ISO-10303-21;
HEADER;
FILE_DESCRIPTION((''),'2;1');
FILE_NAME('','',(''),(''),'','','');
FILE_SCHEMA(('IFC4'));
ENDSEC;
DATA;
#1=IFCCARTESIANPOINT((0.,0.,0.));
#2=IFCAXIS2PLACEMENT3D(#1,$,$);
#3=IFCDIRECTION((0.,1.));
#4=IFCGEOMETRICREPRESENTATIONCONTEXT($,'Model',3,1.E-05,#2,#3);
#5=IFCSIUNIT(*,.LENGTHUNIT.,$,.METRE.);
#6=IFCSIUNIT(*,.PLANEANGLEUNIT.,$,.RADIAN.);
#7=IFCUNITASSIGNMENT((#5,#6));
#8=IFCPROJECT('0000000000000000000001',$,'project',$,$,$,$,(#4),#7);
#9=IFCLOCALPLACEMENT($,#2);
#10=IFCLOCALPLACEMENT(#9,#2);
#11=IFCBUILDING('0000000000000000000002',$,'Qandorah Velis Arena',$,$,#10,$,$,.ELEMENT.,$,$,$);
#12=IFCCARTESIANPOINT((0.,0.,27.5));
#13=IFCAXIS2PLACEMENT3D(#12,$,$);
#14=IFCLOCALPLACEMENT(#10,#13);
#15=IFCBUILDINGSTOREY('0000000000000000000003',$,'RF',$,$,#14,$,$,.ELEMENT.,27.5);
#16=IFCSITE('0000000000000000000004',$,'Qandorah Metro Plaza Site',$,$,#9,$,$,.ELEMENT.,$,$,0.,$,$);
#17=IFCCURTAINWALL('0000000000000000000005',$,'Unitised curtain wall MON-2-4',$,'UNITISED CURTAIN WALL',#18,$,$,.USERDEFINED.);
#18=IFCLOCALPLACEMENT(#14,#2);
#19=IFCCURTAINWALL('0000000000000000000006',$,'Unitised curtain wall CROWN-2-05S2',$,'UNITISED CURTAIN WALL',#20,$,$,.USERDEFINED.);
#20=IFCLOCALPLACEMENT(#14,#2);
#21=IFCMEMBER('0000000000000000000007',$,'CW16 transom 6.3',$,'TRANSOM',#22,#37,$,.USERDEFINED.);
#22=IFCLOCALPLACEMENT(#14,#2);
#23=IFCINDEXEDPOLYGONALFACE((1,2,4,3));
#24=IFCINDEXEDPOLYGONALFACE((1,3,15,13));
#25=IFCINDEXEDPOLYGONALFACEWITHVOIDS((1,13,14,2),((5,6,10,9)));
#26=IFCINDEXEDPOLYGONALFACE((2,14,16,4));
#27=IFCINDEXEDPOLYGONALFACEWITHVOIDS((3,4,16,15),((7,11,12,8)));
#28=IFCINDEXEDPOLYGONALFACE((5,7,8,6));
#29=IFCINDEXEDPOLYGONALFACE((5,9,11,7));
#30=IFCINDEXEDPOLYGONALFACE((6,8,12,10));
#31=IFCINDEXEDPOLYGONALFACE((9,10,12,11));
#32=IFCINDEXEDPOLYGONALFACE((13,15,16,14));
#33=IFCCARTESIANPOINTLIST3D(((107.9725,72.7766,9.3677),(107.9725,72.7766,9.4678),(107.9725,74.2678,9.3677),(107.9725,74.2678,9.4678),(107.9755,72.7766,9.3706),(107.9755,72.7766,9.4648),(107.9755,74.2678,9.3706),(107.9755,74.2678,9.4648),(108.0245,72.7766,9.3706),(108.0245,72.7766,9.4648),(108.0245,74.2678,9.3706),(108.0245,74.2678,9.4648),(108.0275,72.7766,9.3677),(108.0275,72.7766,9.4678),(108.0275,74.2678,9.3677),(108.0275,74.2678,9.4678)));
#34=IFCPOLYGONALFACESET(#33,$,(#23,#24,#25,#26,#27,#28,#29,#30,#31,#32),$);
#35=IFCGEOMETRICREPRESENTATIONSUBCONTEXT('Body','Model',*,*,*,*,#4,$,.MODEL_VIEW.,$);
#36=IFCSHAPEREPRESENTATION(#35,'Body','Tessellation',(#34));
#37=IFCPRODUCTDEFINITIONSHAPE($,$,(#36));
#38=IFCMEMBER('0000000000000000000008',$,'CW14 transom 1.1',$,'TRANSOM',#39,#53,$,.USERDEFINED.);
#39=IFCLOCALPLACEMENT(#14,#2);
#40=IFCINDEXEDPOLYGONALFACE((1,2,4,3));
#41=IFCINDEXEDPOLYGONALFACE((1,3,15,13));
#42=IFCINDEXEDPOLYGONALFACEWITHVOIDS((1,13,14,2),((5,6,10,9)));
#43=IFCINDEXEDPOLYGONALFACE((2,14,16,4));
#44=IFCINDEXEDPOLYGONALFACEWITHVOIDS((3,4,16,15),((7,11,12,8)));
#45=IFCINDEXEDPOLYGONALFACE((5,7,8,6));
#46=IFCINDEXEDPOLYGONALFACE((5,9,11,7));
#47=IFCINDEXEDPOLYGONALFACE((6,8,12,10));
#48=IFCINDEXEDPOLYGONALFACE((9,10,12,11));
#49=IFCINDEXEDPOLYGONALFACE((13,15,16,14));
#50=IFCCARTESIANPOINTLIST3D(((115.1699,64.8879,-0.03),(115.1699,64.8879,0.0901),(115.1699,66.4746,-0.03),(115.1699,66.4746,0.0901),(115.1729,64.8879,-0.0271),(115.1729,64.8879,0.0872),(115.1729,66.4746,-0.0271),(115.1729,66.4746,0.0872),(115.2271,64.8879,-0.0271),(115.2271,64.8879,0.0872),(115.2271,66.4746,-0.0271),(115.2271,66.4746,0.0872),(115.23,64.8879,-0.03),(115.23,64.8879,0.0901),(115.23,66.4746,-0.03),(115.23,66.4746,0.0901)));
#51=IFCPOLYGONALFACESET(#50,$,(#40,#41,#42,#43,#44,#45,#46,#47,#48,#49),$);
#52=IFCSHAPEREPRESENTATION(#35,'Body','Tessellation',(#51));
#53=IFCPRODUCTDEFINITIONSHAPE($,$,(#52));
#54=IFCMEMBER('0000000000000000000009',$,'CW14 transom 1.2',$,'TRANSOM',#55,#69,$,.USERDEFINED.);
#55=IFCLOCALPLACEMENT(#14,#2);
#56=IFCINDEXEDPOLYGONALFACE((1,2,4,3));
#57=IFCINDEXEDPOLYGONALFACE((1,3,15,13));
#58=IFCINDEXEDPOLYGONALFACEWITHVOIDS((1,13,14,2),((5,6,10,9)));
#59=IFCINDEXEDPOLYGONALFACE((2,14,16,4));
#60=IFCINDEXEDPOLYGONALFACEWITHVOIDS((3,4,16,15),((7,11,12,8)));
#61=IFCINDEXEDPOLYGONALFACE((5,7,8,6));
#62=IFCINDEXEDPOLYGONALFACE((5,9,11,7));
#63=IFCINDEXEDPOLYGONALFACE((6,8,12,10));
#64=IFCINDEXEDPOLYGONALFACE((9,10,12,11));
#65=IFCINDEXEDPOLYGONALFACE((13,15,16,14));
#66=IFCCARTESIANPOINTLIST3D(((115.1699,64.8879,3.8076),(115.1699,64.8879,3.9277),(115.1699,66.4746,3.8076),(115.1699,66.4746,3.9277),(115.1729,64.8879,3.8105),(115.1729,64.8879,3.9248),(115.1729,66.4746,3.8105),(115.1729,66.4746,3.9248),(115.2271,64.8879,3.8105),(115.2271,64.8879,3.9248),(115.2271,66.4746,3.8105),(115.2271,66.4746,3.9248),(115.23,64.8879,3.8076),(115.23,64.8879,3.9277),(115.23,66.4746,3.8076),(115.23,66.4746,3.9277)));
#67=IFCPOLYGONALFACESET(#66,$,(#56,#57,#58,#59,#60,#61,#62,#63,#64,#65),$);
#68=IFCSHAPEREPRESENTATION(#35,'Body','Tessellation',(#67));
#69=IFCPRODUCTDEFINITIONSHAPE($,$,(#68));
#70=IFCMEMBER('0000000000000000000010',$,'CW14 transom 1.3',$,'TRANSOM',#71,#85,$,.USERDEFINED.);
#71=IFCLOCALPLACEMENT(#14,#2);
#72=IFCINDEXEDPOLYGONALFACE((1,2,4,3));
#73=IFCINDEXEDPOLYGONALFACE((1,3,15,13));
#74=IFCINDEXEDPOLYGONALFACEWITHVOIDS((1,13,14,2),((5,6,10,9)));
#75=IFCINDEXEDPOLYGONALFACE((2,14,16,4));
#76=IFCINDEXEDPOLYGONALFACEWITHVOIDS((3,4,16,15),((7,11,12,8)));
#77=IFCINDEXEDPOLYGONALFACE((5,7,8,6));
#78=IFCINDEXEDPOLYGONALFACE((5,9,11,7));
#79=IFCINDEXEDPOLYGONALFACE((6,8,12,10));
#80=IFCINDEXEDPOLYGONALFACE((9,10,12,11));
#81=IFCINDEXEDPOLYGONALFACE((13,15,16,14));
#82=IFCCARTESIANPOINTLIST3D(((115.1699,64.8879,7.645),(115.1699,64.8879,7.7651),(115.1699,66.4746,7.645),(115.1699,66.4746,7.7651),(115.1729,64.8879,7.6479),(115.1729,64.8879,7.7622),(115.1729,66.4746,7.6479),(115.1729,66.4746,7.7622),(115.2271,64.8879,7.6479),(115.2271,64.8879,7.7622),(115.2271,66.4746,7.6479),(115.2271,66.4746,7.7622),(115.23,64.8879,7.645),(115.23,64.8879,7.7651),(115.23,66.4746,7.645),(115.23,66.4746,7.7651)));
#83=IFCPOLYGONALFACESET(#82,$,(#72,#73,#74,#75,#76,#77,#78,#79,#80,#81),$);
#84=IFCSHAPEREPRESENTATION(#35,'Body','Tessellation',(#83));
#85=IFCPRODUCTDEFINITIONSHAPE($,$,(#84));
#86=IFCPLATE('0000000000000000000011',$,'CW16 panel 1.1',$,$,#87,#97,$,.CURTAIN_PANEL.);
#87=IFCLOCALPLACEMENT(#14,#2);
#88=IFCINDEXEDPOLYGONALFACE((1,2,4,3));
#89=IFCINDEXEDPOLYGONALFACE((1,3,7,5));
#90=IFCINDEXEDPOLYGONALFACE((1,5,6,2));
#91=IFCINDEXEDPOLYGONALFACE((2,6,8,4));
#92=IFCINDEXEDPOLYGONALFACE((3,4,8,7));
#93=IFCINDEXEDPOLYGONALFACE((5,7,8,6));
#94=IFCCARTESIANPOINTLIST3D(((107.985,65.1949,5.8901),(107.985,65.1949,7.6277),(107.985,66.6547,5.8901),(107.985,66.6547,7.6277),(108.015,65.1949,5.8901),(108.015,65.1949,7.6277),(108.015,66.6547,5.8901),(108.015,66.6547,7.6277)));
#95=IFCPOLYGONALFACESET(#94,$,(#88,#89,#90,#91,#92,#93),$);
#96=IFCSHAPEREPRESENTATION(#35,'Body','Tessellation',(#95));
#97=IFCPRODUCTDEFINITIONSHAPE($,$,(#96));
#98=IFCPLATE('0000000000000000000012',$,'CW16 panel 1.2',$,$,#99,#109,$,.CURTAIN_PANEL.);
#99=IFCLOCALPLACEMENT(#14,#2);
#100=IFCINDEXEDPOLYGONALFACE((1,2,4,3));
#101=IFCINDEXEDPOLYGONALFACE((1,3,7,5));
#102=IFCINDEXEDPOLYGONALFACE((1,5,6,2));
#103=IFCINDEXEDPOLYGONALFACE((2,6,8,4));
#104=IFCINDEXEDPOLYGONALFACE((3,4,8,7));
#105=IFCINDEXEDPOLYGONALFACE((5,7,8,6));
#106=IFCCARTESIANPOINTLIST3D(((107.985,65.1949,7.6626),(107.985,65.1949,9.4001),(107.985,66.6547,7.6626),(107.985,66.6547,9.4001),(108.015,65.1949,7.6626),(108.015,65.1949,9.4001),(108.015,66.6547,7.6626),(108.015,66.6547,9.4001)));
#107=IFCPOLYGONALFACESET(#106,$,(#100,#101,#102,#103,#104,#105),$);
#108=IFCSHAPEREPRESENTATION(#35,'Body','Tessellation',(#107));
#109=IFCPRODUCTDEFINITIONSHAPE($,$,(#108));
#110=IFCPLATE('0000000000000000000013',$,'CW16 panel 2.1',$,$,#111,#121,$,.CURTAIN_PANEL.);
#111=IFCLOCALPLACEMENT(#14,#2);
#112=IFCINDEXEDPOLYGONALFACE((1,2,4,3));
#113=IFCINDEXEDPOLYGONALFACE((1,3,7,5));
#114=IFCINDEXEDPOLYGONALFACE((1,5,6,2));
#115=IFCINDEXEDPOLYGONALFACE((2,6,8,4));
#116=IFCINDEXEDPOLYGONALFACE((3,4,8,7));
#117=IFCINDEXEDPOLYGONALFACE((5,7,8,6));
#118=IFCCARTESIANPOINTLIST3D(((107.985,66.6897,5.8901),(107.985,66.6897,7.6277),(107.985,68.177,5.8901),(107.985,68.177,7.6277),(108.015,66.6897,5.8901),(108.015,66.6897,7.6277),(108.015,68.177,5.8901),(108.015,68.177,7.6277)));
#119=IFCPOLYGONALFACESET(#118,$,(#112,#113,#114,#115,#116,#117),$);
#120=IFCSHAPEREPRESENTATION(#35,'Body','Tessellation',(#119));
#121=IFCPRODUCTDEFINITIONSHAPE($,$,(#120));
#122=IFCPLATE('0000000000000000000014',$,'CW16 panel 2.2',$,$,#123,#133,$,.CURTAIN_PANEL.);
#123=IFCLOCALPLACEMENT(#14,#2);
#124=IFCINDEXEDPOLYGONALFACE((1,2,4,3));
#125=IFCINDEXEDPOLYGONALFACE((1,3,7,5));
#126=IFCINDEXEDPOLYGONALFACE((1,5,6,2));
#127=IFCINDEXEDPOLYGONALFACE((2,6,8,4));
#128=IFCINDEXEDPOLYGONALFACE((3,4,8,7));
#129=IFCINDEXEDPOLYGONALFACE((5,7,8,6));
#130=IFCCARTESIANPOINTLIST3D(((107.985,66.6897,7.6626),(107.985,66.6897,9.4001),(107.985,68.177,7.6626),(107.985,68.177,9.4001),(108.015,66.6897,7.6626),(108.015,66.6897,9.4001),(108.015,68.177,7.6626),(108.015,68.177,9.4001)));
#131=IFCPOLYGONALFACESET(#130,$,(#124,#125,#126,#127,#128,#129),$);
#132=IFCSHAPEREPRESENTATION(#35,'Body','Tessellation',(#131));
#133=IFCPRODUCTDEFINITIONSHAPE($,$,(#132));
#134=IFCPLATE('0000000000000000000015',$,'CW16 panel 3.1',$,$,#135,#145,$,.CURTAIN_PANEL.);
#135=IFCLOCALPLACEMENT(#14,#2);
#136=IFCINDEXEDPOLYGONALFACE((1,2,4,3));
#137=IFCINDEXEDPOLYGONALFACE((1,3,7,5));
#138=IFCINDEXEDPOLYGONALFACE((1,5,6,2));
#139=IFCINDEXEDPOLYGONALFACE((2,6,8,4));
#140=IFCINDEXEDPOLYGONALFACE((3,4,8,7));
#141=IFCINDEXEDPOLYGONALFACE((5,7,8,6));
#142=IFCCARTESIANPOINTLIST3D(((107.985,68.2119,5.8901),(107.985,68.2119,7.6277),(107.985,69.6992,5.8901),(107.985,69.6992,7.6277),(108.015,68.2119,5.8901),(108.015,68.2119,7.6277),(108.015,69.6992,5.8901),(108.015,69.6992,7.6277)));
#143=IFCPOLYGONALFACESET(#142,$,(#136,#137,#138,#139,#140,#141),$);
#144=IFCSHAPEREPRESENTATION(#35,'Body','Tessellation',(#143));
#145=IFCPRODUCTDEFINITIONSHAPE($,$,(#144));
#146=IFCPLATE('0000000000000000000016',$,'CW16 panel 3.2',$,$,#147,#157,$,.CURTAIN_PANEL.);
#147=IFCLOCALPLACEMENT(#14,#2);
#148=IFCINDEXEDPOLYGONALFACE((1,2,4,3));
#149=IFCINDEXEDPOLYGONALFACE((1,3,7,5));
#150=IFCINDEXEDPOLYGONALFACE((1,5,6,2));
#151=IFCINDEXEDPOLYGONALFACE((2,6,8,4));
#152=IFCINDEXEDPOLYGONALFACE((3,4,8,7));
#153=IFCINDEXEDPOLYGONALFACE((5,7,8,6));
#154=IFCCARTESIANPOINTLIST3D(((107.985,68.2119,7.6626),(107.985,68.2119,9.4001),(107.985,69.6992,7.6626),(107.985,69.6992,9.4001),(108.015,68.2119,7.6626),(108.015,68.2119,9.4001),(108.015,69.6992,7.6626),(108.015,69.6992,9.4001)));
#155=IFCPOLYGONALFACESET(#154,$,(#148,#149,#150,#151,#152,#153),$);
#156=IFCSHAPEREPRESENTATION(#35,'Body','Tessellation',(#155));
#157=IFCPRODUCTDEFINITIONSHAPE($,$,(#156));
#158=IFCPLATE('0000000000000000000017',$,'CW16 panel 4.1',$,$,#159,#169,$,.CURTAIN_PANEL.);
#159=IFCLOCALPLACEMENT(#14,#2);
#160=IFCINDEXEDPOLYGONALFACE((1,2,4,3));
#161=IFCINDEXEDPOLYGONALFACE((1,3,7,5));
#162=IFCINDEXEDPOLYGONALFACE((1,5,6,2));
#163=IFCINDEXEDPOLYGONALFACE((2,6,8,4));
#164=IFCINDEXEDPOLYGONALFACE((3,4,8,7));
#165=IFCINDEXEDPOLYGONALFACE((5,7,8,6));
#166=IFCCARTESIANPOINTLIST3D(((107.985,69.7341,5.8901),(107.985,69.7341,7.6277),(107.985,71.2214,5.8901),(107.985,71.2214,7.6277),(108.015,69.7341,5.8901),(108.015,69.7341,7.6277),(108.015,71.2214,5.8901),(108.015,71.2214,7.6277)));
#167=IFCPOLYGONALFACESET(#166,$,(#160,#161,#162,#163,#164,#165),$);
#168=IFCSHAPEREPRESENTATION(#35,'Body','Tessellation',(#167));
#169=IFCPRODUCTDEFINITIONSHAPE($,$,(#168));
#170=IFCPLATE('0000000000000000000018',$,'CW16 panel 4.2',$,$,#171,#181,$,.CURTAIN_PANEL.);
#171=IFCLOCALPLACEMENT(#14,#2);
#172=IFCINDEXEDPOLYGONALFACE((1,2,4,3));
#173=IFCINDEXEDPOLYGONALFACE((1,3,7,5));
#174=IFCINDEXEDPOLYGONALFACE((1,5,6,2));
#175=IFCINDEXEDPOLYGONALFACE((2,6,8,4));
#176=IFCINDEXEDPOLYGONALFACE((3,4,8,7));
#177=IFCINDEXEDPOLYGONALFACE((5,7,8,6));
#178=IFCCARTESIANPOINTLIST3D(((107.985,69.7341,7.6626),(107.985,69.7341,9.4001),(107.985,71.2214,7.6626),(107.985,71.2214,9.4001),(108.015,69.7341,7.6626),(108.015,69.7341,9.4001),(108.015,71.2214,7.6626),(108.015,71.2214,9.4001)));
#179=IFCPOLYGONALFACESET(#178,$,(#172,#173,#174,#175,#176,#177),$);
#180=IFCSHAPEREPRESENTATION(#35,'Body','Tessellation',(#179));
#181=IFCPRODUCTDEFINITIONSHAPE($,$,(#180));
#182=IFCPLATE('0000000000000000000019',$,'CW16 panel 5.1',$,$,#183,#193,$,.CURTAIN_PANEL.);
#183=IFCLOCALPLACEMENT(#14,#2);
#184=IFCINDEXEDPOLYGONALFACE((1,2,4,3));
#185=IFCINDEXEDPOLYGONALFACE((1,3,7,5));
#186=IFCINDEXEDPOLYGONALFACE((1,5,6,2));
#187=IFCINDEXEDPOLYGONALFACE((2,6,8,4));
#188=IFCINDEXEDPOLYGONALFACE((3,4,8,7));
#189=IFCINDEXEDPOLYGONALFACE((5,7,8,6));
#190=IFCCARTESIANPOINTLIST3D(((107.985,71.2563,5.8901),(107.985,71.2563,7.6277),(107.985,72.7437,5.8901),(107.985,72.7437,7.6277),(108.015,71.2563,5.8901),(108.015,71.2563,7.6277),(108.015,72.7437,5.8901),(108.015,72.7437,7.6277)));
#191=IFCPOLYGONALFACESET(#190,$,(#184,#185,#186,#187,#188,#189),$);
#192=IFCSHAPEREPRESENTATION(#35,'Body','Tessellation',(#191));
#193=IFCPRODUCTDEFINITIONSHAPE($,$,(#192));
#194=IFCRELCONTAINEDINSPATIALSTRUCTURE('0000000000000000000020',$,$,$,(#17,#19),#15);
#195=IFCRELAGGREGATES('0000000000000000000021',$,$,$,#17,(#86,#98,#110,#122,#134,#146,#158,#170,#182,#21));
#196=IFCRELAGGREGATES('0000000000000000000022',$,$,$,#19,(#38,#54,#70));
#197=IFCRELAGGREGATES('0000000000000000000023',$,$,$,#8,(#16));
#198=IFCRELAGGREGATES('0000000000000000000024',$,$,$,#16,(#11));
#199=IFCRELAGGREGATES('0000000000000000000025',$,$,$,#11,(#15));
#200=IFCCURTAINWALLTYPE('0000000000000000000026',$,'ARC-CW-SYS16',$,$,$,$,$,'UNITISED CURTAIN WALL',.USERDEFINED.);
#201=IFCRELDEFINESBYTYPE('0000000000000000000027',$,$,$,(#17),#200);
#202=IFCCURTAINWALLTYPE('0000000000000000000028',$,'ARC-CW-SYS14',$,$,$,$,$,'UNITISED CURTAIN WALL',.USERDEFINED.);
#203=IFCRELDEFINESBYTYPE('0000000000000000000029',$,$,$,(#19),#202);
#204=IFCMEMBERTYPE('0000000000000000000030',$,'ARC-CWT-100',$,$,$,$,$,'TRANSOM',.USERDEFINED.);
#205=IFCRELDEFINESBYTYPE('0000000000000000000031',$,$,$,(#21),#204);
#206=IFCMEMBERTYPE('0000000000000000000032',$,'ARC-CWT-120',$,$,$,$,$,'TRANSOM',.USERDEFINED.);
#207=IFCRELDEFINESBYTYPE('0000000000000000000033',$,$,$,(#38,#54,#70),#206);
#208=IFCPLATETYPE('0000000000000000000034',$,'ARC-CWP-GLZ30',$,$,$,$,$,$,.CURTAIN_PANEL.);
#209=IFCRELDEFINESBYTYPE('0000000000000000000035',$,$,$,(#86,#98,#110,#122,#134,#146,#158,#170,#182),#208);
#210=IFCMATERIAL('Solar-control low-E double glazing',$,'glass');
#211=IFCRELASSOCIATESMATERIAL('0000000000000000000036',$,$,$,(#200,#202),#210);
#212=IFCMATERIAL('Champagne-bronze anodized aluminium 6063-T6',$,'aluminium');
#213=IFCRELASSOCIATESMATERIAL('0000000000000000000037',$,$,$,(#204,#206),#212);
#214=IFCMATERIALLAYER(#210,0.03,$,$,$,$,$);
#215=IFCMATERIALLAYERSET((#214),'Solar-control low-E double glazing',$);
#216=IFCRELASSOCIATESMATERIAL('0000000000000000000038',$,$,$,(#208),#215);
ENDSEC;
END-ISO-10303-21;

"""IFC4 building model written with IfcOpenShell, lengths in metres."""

from ifc_helpers import new_model, si_unit, direction, frame, origin, origin_2d, place, context, subcontext, project, spatial, rectangle, hollow_rectangle, extrude, material, layer, layer_set, material_profile, profile_set, type_object, element, aggregate, save


model = new_model("IFC4")

# Units and contexts
model_context = context("Model", 3, precision=1e-05, world=origin(), true_north=direction((0.0, 1.0)))
body_context = subcontext(model_context, "Body", "Model", "MODEL_VIEW")
ifc_project = project(units=[si_unit("LENGTHUNIT", "METRE"), si_unit("PLANEANGLEUNIT", "RADIAN")], contexts=[model_context])

# Site, building, storey
site_placement = place(None, origin())
site = spatial("IfcSite", under=ifc_project, at=site_placement, Name="Qandorah Metro Plaza Site", CompositionType="ELEMENT", RefElevation=0.0)
building_placement = place(site_placement, origin())
building = spatial("IfcBuilding", under=site, at=building_placement, Name="Qandorah Velis Arena", CompositionType="ELEMENT")
storey_placement = place(building_placement, frame((0.0, 0.0, 27.5)))
storey = spatial("IfcBuildingStorey", under=building, at=storey_placement, Name="RF", CompositionType="ELEMENT", Elevation=27.5)

# Curtain wall
ifc_material_1 = material(Name="Solar-control low-E double glazing", Category="glass")
curtain_wall_type_1 = type_object("IfcCurtainWallType", Name="ARC-CW-SYS16", ElementType="UNITISED CURTAIN WALL", PredefinedType="USERDEFINED", material=ifc_material_1)
curtain_wall_1_placement = place(storey_placement, origin())
curtain_wall_1 = element("IfcCurtainWall", 1, at=curtain_wall_1_placement, inside=storey, type_object=curtain_wall_type_1, Name="Unitised curtain wall MON-2-4", ObjectType="UNITISED CURTAIN WALL", PredefinedType="USERDEFINED")
ifc_material_2 = material(Name="Champagne-bronze anodized aluminium 6063-T6", Category="aluminium")

# Curtain wall
curtain_wall_type_2 = type_object("IfcCurtainWallType", Name="ARC-CW-SYS14", ElementType="UNITISED CURTAIN WALL", PredefinedType="USERDEFINED", material=ifc_material_1)
curtain_wall_2_placement = place(storey_placement, origin())
curtain_wall_2 = element("IfcCurtainWall", 2, at=curtain_wall_2_placement, inside=storey, type_object=curtain_wall_type_2, Name="Unitised curtain wall CROWN-2-05S2", ObjectType="UNITISED CURTAIN WALL", PredefinedType="USERDEFINED")

# Members
ifc_material_profile_1 = material_profile(ifc_material_2, hollow_rectangle(XDim=0.0549, YDim=0.1001, WallThickness=0.0029, at=origin_2d()), Name="ALU TRANSOM 55x100")
ifc_profile_set_1 = profile_set([ifc_material_profile_1], Name="Champagne-bronze anodized aluminium 6063-T6")
member_type_1 = type_object("IfcMemberType", Name="ARC-CWT-100", ElementType="TRANSOM", PredefinedType="USERDEFINED", material=ifc_profile_set_1)
member_1_placement = place(storey_placement, frame((108.0, 72.7766, 9.4177), z_axis=(0.0, 1.0, 0.0), x_axis=(-1.0, 0.0, 0.0)))
member_1 = element("IfcMember", 3, at=member_1_placement, type_object=member_type_1, Name="CW16 transom 6.3", ObjectType="TRANSOM", PredefinedType="USERDEFINED", context=body_context, shape_type="SweptSolid", body=[
    extrude(hollow_rectangle(XDim=0.0549, YDim=0.1001, WallThickness=0.0029, at=origin_2d()), origin(), (0.0, 0.0, 1.0), 1.4912),
])
ifc_material_profile_2 = material_profile(ifc_material_2, hollow_rectangle(XDim=0.0601, YDim=0.1201, WallThickness=0.0029, at=origin_2d()), Name="ALU TRANSOM 60x120")
ifc_profile_set_2 = profile_set([ifc_material_profile_2], Name="Champagne-bronze anodized aluminium 6063-T6")
member_type_2 = type_object("IfcMemberType", Name="ARC-CWT-120", ElementType="TRANSOM", PredefinedType="USERDEFINED", material=ifc_profile_set_2)
member_2_placement = place(storey_placement, frame((115.2, 64.8879, 0.03), z_axis=(0.0, 1.0, 0.0), x_axis=(-1.0, 0.0, 0.0)))
member_2 = element("IfcMember", 4, at=member_2_placement, type_object=member_type_2, Name="CW14 transom 1.1", ObjectType="TRANSOM", PredefinedType="USERDEFINED", context=body_context, shape_type="SweptSolid", body=[
    extrude(hollow_rectangle(XDim=0.0601, YDim=0.1201, WallThickness=0.0029, at=origin_2d()), origin(), (0.0, 0.0, 1.0), 1.5867),
])
member_3_placement = place(storey_placement, frame((115.2, 64.8879, 3.8677), z_axis=(0.0, 1.0, 0.0), x_axis=(-1.0, 0.0, 0.0)))
member_3 = element("IfcMember", 5, at=member_3_placement, type_object=member_type_2, Name="CW14 transom 1.2", ObjectType="TRANSOM", PredefinedType="USERDEFINED", context=body_context, shape_type="SweptSolid", body=[
    extrude(hollow_rectangle(XDim=0.0601, YDim=0.1201, WallThickness=0.0029, at=origin_2d()), origin(), (0.0, 0.0, 1.0), 1.5867),
])
member_4_placement = place(storey_placement, frame((115.2, 64.8879, 7.7051), z_axis=(0.0, 1.0, 0.0), x_axis=(-1.0, 0.0, 0.0)))
member_4 = element("IfcMember", 6, at=member_4_placement, type_object=member_type_2, Name="CW14 transom 1.3", ObjectType="TRANSOM", PredefinedType="USERDEFINED", context=body_context, shape_type="SweptSolid", body=[
    extrude(hollow_rectangle(XDim=0.0601, YDim=0.1201, WallThickness=0.0029, at=origin_2d()), origin(), (0.0, 0.0, 1.0), 1.5867),
])

# Plates
ifc_layer_1 = layer(ifc_material_1, 0.03)
ifc_layer_set_1 = layer_set([ifc_layer_1], Name="Solar-control low-E double glazing")
plate_type_1 = type_object("IfcPlateType", Name="ARC-CWP-GLZ30", PredefinedType="CURTAIN_PANEL", material=ifc_layer_set_1)
plate_1_placement = place(storey_placement, frame((108.0, 65.9248, 5.8901), z_axis=(0.0, 0.0, 1.0), x_axis=(0.0, 1.0, 0.0)))
plate_1 = element("IfcPlate", 7, at=plate_1_placement, type_object=plate_type_1, Name="CW16 panel 1.1", PredefinedType="CURTAIN_PANEL", context=body_context, shape_type="SweptSolid", body=[
    extrude(rectangle(XDim=1.4597, YDim=0.03, at=origin_2d()), origin(), (0.0, 0.0, 1.0), 1.7375),
])
plate_2_placement = place(storey_placement, frame((108.0, 65.9248, 7.6626), z_axis=(0.0, 0.0, 1.0), x_axis=(0.0, 1.0, 0.0)))
plate_2 = element("IfcPlate", 8, at=plate_2_placement, type_object=plate_type_1, Name="CW16 panel 1.2", PredefinedType="CURTAIN_PANEL", context=body_context, shape_type="SweptSolid", body=[
    extrude(rectangle(XDim=1.4597, YDim=0.03, at=origin_2d()), origin(), (0.0, 0.0, 1.0), 1.7375),
])
plate_3_placement = place(storey_placement, frame((108.0, 67.4333, 5.8901), z_axis=(0.0, 0.0, 1.0), x_axis=(0.0, 1.0, 0.0)))
plate_3 = element("IfcPlate", 9, at=plate_3_placement, type_object=plate_type_1, Name="CW16 panel 2.1", PredefinedType="CURTAIN_PANEL", context=body_context, shape_type="SweptSolid", body=[
    extrude(rectangle(XDim=1.4873, YDim=0.03, at=origin_2d()), origin(), (0.0, 0.0, 1.0), 1.7375),
])
plate_4_placement = place(storey_placement, frame((108.0, 67.4333, 7.6626), z_axis=(0.0, 0.0, 1.0), x_axis=(0.0, 1.0, 0.0)))
plate_4 = element("IfcPlate", 10, at=plate_4_placement, type_object=plate_type_1, Name="CW16 panel 2.2", PredefinedType="CURTAIN_PANEL", context=body_context, shape_type="SweptSolid", body=[
    extrude(rectangle(XDim=1.4873, YDim=0.03, at=origin_2d()), origin(), (0.0, 0.0, 1.0), 1.7375),
])
plate_5_placement = place(storey_placement, frame((108.0, 68.9556, 5.8901), z_axis=(0.0, 0.0, 1.0), x_axis=(0.0, 1.0, 0.0)))
plate_5 = element("IfcPlate", 11, at=plate_5_placement, type_object=plate_type_1, Name="CW16 panel 3.1", PredefinedType="CURTAIN_PANEL", context=body_context, shape_type="SweptSolid", body=[
    extrude(rectangle(XDim=1.4873, YDim=0.03, at=origin_2d()), origin(), (0.0, 0.0, 1.0), 1.7375),
])
plate_6_placement = place(storey_placement, frame((108.0, 68.9556, 7.6626), z_axis=(0.0, 0.0, 1.0), x_axis=(0.0, 1.0, 0.0)))
plate_6 = element("IfcPlate", 12, at=plate_6_placement, type_object=plate_type_1, Name="CW16 panel 3.2", PredefinedType="CURTAIN_PANEL", context=body_context, shape_type="SweptSolid", body=[
    extrude(rectangle(XDim=1.4873, YDim=0.03, at=origin_2d()), origin(), (0.0, 0.0, 1.0), 1.7375),
])
plate_7_placement = place(storey_placement, frame((108.0, 70.4778, 5.8901), z_axis=(0.0, 0.0, 1.0), x_axis=(0.0, 1.0, 0.0)))
plate_7 = element("IfcPlate", 13, at=plate_7_placement, type_object=plate_type_1, Name="CW16 panel 4.1", PredefinedType="CURTAIN_PANEL", context=body_context, shape_type="SweptSolid", body=[
    extrude(rectangle(XDim=1.4873, YDim=0.03, at=origin_2d()), origin(), (0.0, 0.0, 1.0), 1.7375),
])
plate_8_placement = place(storey_placement, frame((108.0, 70.4778, 7.6626), z_axis=(0.0, 0.0, 1.0), x_axis=(0.0, 1.0, 0.0)))
plate_8 = element("IfcPlate", 14, at=plate_8_placement, type_object=plate_type_1, Name="CW16 panel 4.2", PredefinedType="CURTAIN_PANEL", context=body_context, shape_type="SweptSolid", body=[
    extrude(rectangle(XDim=1.4873, YDim=0.03, at=origin_2d()), origin(), (0.0, 0.0, 1.0), 1.7375),
])
plate_9_placement = place(storey_placement, frame((108.0, 72.0, 5.8901), z_axis=(0.0, 0.0, 1.0), x_axis=(0.0, 1.0, 0.0)))
plate_9 = element("IfcPlate", 15, at=plate_9_placement, type_object=plate_type_1, Name="CW16 panel 5.1", PredefinedType="CURTAIN_PANEL", context=body_context, shape_type="SweptSolid", body=[
    extrude(rectangle(XDim=1.4873, YDim=0.03, at=origin_2d()), origin(), (0.0, 0.0, 1.0), 1.7375),
])
aggregate(curtain_wall_1, [plate_1, plate_2, plate_3, plate_4, plate_5, plate_6, plate_7, plate_8, plate_9, member_1])
aggregate(curtain_wall_2, [member_2, member_3, member_4])

save(model, "model.ifc")
